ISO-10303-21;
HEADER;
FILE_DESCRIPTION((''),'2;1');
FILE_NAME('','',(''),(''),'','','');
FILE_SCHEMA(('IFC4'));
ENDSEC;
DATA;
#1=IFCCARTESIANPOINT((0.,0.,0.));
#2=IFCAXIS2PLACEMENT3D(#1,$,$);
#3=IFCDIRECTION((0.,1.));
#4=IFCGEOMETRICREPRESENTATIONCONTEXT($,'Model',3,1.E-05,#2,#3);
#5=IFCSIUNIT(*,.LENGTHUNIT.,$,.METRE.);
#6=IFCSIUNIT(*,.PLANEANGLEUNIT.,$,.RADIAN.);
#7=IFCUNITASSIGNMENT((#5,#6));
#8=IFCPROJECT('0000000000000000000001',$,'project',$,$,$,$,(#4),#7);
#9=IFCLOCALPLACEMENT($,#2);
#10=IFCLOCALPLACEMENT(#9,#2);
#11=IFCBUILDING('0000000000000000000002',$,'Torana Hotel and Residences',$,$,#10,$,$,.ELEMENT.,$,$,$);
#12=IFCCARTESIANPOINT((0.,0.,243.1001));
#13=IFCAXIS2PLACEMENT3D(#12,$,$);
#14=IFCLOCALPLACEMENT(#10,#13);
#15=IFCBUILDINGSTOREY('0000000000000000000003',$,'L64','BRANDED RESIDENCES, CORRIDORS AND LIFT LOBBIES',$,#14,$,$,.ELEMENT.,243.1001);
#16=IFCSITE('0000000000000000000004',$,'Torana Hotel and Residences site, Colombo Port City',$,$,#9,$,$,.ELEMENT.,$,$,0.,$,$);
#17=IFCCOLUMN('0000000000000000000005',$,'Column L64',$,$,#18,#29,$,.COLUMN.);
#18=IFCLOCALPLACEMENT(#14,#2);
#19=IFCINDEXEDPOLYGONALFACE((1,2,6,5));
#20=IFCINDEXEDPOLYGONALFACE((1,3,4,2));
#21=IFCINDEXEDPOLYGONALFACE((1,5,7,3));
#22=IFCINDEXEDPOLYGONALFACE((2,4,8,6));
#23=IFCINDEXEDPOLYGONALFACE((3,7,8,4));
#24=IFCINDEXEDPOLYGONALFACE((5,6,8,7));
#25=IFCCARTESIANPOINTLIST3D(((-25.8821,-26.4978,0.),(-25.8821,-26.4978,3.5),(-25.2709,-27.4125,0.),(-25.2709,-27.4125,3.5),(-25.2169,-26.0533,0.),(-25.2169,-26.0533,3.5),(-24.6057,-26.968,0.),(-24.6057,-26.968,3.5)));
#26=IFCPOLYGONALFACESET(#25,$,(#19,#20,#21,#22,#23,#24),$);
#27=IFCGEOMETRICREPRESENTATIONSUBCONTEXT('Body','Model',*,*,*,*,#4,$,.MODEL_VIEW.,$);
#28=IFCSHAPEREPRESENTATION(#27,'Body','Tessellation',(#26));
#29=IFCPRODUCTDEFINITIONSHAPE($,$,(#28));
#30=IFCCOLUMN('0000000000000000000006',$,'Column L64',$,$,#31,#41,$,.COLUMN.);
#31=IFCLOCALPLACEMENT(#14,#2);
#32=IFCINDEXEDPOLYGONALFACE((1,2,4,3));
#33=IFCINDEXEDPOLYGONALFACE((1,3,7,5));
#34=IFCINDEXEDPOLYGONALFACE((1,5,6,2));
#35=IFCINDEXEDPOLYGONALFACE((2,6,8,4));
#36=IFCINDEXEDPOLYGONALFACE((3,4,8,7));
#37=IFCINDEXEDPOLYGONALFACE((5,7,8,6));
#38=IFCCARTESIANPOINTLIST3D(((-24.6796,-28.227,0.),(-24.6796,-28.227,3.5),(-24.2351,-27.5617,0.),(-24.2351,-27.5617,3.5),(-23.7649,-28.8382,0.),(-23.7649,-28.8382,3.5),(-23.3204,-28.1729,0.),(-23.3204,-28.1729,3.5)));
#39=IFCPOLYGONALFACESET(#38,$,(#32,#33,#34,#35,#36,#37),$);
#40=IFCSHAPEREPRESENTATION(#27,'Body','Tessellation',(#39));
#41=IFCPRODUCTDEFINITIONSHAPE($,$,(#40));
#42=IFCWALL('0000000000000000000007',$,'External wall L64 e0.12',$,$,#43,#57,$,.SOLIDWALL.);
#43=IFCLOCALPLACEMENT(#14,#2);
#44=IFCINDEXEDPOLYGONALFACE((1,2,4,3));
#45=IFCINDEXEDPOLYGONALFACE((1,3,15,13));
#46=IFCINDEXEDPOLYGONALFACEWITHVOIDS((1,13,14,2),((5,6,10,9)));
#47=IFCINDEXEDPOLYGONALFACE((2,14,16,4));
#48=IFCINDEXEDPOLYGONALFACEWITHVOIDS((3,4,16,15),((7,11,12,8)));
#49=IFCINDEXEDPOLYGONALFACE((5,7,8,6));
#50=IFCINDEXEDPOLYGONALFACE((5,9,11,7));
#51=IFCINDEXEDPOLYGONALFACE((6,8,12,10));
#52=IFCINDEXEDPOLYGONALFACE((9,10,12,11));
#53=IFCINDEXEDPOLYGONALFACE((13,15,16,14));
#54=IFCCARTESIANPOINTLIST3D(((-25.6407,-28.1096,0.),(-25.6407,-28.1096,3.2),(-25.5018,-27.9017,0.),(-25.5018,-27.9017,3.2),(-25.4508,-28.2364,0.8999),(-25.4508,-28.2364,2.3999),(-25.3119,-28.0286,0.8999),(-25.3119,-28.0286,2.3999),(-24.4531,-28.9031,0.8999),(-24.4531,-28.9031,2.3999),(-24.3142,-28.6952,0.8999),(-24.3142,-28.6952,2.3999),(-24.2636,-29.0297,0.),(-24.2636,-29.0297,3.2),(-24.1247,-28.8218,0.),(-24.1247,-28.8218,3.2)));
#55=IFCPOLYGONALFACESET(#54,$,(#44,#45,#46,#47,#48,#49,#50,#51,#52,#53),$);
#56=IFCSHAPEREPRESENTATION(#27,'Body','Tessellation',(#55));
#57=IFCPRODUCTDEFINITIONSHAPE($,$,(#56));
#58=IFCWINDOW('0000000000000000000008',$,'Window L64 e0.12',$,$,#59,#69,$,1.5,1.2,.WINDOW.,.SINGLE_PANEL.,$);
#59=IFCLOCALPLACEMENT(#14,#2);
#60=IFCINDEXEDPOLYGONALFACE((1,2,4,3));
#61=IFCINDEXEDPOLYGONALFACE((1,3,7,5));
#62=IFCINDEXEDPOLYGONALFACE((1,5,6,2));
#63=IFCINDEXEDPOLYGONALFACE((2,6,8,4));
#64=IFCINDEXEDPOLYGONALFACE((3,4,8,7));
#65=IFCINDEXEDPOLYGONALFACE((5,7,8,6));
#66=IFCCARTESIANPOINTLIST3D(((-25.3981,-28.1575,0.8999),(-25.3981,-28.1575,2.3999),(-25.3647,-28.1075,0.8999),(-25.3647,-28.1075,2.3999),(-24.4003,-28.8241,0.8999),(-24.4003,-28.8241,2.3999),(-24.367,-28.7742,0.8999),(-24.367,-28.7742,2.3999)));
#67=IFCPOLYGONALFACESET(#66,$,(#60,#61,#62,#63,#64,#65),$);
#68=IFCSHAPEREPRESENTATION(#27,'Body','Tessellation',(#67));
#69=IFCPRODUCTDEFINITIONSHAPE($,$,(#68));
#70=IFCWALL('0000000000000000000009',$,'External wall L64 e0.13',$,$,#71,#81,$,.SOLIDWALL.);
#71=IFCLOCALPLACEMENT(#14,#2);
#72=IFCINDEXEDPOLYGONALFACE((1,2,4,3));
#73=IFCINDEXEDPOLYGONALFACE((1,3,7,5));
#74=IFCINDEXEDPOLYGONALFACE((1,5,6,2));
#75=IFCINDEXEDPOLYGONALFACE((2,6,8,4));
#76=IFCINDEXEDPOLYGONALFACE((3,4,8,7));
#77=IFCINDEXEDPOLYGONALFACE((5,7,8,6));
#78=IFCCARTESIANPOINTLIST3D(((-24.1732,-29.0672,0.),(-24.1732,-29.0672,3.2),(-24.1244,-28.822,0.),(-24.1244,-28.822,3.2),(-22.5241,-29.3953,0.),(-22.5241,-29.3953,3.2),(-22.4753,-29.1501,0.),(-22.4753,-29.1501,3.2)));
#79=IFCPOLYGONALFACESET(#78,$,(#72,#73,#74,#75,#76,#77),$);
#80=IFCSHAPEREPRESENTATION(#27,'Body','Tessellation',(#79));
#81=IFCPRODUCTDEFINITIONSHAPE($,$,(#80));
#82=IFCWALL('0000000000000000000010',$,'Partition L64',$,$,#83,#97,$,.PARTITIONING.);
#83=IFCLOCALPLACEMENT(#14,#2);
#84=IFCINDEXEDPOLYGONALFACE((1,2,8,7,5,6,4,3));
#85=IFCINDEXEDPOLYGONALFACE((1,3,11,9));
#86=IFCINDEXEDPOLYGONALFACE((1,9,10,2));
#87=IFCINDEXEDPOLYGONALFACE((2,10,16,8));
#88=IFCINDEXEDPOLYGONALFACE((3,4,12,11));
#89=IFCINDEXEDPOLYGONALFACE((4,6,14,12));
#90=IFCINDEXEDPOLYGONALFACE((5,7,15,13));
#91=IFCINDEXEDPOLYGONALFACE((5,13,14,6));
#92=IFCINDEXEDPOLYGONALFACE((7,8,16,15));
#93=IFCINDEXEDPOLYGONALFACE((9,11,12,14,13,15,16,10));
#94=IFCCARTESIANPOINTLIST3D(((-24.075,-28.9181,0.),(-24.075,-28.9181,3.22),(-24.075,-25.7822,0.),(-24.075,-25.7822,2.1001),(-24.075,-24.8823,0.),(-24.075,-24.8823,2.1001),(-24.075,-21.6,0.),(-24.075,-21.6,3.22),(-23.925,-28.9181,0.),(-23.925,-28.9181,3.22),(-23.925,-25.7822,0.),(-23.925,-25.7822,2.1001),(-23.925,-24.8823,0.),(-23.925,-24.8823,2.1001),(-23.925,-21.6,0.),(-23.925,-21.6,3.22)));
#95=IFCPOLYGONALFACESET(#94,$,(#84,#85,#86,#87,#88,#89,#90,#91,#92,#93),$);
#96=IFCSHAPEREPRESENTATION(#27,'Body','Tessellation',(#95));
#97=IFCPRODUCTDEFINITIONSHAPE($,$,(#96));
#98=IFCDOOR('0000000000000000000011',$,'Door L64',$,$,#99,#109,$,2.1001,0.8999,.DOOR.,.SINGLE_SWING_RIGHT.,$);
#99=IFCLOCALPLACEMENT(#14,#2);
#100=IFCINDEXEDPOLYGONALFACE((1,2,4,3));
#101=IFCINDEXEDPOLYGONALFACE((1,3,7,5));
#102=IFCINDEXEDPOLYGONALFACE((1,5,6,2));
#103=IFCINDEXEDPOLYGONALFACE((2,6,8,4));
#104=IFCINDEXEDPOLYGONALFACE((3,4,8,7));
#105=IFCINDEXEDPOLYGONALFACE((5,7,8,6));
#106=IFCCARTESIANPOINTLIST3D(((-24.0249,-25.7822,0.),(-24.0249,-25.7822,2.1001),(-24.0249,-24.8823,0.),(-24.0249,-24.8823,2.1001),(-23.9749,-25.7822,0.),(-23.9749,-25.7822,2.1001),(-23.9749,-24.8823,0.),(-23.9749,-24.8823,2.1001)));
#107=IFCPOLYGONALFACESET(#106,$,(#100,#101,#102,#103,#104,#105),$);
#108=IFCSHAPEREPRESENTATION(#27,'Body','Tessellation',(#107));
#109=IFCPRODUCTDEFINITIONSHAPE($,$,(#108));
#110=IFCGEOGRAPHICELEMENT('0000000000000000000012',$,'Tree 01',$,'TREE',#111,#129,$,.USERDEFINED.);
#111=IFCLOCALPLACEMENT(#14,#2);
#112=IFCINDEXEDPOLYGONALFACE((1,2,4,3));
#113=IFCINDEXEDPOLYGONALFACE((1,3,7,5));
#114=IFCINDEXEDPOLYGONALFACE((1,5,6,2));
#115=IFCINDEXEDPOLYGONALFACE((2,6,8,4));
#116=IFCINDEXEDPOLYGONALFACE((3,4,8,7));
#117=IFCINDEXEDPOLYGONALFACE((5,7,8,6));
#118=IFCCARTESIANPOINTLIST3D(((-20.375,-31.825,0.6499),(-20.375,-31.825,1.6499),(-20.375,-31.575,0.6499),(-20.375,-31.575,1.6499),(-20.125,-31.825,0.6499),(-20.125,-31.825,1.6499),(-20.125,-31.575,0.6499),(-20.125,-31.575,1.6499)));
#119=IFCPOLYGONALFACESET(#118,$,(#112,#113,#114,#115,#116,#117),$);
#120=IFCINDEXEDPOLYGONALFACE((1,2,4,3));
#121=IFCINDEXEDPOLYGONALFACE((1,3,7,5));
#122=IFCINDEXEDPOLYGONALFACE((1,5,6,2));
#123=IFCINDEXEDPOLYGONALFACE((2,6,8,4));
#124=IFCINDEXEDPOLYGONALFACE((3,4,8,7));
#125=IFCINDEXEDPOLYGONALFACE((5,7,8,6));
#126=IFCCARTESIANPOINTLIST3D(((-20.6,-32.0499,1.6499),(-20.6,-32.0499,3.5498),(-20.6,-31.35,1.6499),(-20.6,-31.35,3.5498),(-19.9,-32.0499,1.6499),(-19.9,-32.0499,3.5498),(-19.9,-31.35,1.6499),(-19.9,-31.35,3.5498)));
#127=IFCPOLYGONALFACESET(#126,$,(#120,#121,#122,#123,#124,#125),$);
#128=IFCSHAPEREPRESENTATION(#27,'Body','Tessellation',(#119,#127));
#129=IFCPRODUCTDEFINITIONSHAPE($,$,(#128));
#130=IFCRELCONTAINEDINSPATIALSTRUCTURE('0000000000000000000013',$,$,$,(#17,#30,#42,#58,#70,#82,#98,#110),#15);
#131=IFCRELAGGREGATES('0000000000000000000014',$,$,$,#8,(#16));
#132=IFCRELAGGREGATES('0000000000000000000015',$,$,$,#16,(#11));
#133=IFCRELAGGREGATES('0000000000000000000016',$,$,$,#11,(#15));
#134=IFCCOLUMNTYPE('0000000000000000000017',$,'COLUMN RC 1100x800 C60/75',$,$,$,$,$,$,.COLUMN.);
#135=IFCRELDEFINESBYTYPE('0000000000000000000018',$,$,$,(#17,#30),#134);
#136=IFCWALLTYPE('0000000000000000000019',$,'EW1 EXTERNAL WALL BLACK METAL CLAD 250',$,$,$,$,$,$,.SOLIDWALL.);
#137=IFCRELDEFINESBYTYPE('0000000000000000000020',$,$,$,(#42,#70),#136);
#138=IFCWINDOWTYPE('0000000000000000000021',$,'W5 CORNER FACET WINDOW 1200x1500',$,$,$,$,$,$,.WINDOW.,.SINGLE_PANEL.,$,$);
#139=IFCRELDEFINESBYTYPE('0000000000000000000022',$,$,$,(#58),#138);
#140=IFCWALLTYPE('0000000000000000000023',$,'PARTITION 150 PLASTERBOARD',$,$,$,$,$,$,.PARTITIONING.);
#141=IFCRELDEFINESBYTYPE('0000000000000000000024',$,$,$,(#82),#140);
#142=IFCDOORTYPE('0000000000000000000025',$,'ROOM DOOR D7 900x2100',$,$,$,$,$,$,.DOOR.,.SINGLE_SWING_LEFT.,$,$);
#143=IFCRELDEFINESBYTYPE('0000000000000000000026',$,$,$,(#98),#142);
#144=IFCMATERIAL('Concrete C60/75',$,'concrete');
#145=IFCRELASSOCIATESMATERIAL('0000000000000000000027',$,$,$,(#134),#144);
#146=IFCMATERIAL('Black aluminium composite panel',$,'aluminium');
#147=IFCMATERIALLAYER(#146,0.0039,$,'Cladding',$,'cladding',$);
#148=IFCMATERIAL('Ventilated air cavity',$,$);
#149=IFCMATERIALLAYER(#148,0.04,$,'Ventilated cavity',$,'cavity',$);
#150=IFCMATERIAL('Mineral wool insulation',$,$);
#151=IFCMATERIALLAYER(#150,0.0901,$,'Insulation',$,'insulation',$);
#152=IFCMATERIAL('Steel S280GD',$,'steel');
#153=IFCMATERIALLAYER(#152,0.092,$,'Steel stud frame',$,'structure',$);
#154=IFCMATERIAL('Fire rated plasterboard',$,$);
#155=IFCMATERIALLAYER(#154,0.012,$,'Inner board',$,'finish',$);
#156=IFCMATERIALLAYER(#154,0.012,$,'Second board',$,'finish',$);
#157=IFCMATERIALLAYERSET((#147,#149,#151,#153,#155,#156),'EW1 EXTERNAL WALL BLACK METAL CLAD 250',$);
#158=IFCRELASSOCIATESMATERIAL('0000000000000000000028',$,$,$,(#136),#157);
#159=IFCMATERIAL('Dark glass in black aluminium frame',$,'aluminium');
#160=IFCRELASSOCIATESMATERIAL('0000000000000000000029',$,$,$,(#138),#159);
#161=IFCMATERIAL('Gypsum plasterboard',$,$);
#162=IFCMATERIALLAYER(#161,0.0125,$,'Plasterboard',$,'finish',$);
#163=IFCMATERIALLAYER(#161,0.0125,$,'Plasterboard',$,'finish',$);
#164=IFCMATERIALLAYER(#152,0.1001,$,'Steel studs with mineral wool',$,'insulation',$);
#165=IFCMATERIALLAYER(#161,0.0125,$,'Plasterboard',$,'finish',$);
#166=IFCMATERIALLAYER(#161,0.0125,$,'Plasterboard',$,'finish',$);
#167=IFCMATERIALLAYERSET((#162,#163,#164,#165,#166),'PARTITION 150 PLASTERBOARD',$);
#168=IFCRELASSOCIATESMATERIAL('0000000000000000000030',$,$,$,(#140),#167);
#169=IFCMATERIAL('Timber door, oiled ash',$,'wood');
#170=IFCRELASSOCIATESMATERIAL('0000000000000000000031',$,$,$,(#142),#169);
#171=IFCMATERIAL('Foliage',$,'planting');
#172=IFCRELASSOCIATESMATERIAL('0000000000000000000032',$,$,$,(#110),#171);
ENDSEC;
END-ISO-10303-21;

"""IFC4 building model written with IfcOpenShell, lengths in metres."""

from ifc_helpers import new_model, si_unit, direction, frame, frame_2d, origin, origin_2d, place, context, subcontext, project, spatial, rectangle, extrude, material, layer, layer_set, material_profile, profile_set, type_object, element, fill, save


model = new_model("IFC4")

# Units and contexts
model_context = context("Model", 3, precision=1e-05, world=origin(), true_north=direction((0.0, 1.0)))
body_context = subcontext(model_context, "Body", "Model", "MODEL_VIEW")
ifc_project = project(units=[si_unit("LENGTHUNIT", "METRE"), si_unit("PLANEANGLEUNIT", "RADIAN")], contexts=[model_context])

# Site, building, storey
site_placement = place(None, origin())
site = spatial("IfcSite", under=ifc_project, at=site_placement, Name="Torana Hotel and Residences site, Colombo Port City", CompositionType="ELEMENT", RefElevation=0.0)
building_placement = place(site_placement, origin())
building = spatial("IfcBuilding", under=site, at=building_placement, Name="Torana Hotel and Residences", CompositionType="ELEMENT")
storey_placement = place(building_placement, frame((0.0, 0.0, 243.1001)))
storey = spatial("IfcBuildingStorey", under=building, at=storey_placement, Name="L64", Description="BRANDED RESIDENCES, CORRIDORS AND LIFT LOBBIES", CompositionType="ELEMENT", Elevation=243.1001)

# Columns
ifc_material_1 = material(Name="Concrete C60/75", Category="concrete")
ifc_material_profile = material_profile(ifc_material_1, rectangle(XDim=1.1001, YDim=0.8, at=origin_2d()), Name="RC 1100x800")
ifc_profile_set = profile_set([ifc_material_profile], Name="Concrete C60/75")
column_type = type_object("IfcColumnType", Name="COLUMN RC 1100x800 C60/75", PredefinedType="COLUMN", material=ifc_profile_set)
for number, where, z_axis, x_axis, name in (
    (1, (-25.2439, -26.7329, 0.0), (0.0, 0.0, 1.0), (-0.555585, 0.83146, 0.0), "Column L64"),
    (2, (-24.0, -28.2, 0.0), (0.0, 0.0, 1.0), (-0.83146, 0.555585, 0.0), "Column L64"),
):
    element("IfcColumn", number, at=place(storey_placement, frame(where, z_axis=z_axis, x_axis=x_axis)), inside=storey, type_object=column_type, Name=name, PredefinedType="COLUMN", context=body_context, shape_type="SweptSolid", body=[
        extrude(rectangle(XDim=1.1001, YDim=0.8, at=origin_2d()), origin(), (0.0, 0.0, 1.0), 3.5),
    ])

# Wall, opening, window
ifc_material_2 = material(Name="Black aluminium composite panel", Category="aluminium")
ifc_layer_1 = layer(ifc_material_2, 0.0039, Name="Cladding", Category="cladding")
ifc_material_3 = material(Name="Ventilated air cavity")
ifc_layer_2 = layer(ifc_material_3, 0.04, Name="Ventilated cavity", Category="cavity")
ifc_material_4 = material(Name="Mineral wool insulation")
ifc_layer_3 = layer(ifc_material_4, 0.0901, Name="Insulation", Category="insulation")
ifc_material_5 = material(Name="Steel S280GD", Category="steel")
ifc_layer_4 = layer(ifc_material_5, 0.092, Name="Steel stud frame", Category="structure")
ifc_material_6 = material(Name="Fire rated plasterboard")
ifc_layer_5 = layer(ifc_material_6, 0.012, Name="Inner board", Category="finish")
ifc_layer_6 = layer(ifc_material_6, 0.012, Name="Second board", Category="finish")
ifc_layer_set_1 = layer_set([ifc_layer_1, ifc_layer_2, ifc_layer_3, ifc_layer_4, ifc_layer_5, ifc_layer_6], Name="EW1 EXTERNAL WALL BLACK METAL CLAD 250")
wall_type_1 = type_object("IfcWallType", Name="EW1 EXTERNAL WALL BLACK METAL CLAD 250", PredefinedType="SOLIDWALL", material=ifc_layer_set_1)
wall_1_placement = place(storey_placement, frame((-25.5713, -28.0056, 0.0), z_axis=(0.0, 0.0, 1.0), x_axis=(0.831483, -0.55555, 0.0)))
wall_1 = element("IfcWall", 3, at=wall_1_placement, inside=storey, type_object=wall_type_1, Name="External wall L64 e0.12", PredefinedType="SOLIDWALL", context=body_context, shape_type="SweptSolid", body=[
    extrude(rectangle(XDim=1.6562, YDim=0.25, at=frame_2d((0.8281, 0.0))), origin(), (0.0, 0.0, 1.0), 3.2),
])
opening_1_placement = place(wall_1_placement, frame((0.2283, 0.0, 0.8999)))
opening_1 = element("IfcOpeningElement", 4, at=opening_1_placement, cuts=wall_1, PredefinedType="OPENING", context=body_context, shape_type="SweptSolid", body=[
    extrude(rectangle(XDim=1.2, YDim=1.5, at=frame_2d((0.6001, 0.75))), frame((0.0, 0.135, 0.0), z_axis=(0.0, -1.0, 0.0), x_axis=(1.0, 0.0, 0.0)), (0.0, 0.0, 1.0), 0.27),
])
ifc_material_7 = material(Name="Dark glass in black aluminium frame", Category="aluminium")
window_type_1 = type_object("IfcWindowType", Name="W5 CORNER FACET WINDOW 1200x1500", PartitioningType="SINGLE_PANEL", PredefinedType="WINDOW", material=ifc_material_7)
window_1_placement = place(opening_1_placement, origin())
window_1 = element("IfcWindow", 5, at=window_1_placement, inside=storey, type_object=window_type_1, Name="Window L64 e0.12", OverallHeight=1.5, OverallWidth=1.2, PartitioningType="SINGLE_PANEL", PredefinedType="WINDOW", context=body_context, shape_type="SweptSolid", body=[
    extrude(rectangle(XDim=1.2, YDim=1.5, at=frame_2d((0.6001, 0.75))), frame((0.0, 0.03, 0.0), z_axis=(0.0, -1.0, 0.0), x_axis=(1.0, 0.0, 0.0)), (0.0, 0.0, 1.0), 0.0601),
])
fill(opening_1, window_1)

# Wall
wall_2_placement = place(storey_placement, frame((-24.1489, -28.9446, 0.0), z_axis=(0.0, 0.0, 1.0), x_axis=(0.980776, -0.195139, 0.0)))
element("IfcWall", 6, at=wall_2_placement, inside=storey, type_object=wall_type_1, Name="External wall L64 e0.13", PredefinedType="SOLIDWALL", context=body_context, shape_type="SweptSolid", body=[
    extrude(rectangle(XDim=1.6814, YDim=0.25, at=frame_2d((0.8408, 0.0))), origin(), (0.0, 0.0, 1.0), 3.2),
])

# Wall, opening, door
ifc_material_8 = material(Name="Gypsum plasterboard")
ifc_layer_7 = layer(ifc_material_8, 0.0125, Name="Plasterboard", Category="finish")
ifc_layer_8 = layer(ifc_material_8, 0.0125, Name="Plasterboard", Category="finish")
ifc_layer_9 = layer(ifc_material_5, 0.1001, Name="Steel studs with mineral wool", Category="insulation")
ifc_layer_10 = layer(ifc_material_8, 0.0125, Name="Plasterboard", Category="finish")
ifc_layer_11 = layer(ifc_material_8, 0.0125, Name="Plasterboard", Category="finish")
ifc_layer_set_2 = layer_set([ifc_layer_7, ifc_layer_8, ifc_layer_9, ifc_layer_10, ifc_layer_11], Name="PARTITION 150 PLASTERBOARD")
wall_type_2 = type_object("IfcWallType", Name="PARTITION 150 PLASTERBOARD", PredefinedType="PARTITIONING", material=ifc_layer_set_2)
wall_3_placement = place(storey_placement, frame((-24.0, -28.9182, 0.0), z_axis=(0.0, 0.0, 1.0), x_axis=(0.0, 1.0, 0.0)))
wall_3 = element("IfcWall", 7, at=wall_3_placement, inside=storey, type_object=wall_type_2, Name="Partition L64", PredefinedType="PARTITIONING", context=body_context, shape_type="SweptSolid", body=[
    extrude(rectangle(XDim=7.3181, YDim=0.1499, at=frame_2d((3.6592, 0.0))), origin(), (0.0, 0.0, 1.0), 3.22),
])
opening_2_placement = place(wall_3_placement, frame((3.136, 0.0, 0.0)))
opening_2 = element("IfcOpeningElement", 8, at=opening_2_placement, cuts=wall_3, PredefinedType="OPENING", context=body_context, shape_type="SweptSolid", body=[
    extrude(rectangle(XDim=0.8999, YDim=2.1001, at=frame_2d((0.45, 1.05))), frame((0.0, 0.085, 0.0), z_axis=(0.0, -1.0, 0.0), x_axis=(1.0, 0.0, 0.0)), (0.0, 0.0, 1.0), 0.1699),
])
ifc_material_9 = material(Name="Timber door, oiled ash", Category="wood")
door_type_1 = type_object("IfcDoorType", Name="ROOM DOOR D7 900x2100", OperationType="SINGLE_SWING_LEFT", PredefinedType="DOOR", material=ifc_material_9)
door_1_placement = place(opening_2_placement, origin())
door_1 = element("IfcDoor", 9, at=door_1_placement, inside=storey, type_object=door_type_1, Name="Door L64", OperationType="SINGLE_SWING_RIGHT", OverallHeight=2.1001, OverallWidth=0.8999, PredefinedType="DOOR", context=body_context, shape_type="SweptSolid", body=[
    extrude(rectangle(XDim=0.8999, YDim=2.1001, at=frame_2d((0.45, 1.05))), frame((0.0, 0.0249, 0.0), z_axis=(0.0, -1.0, 0.0), x_axis=(1.0, 0.0, 0.0)), (0.0, 0.0, 1.0), 0.05),
])
fill(opening_2, door_1)

# Geographic element
ifc_material_10 = material(Name="Foliage", Category="planting")
geographic_element_placement = place(storey_placement, frame((-20.25, -31.7, 0.6499), z_axis=(0.0, 0.0, 1.0), x_axis=(1.0, 0.0, 0.0)))
element("IfcGeographicElement", 10, at=geographic_element_placement, inside=storey, material=ifc_material_10, Name="Tree 01", ObjectType="TREE", PredefinedType="USERDEFINED", context=body_context, shape_type="SweptSolid", body=[
    extrude(rectangle(XDim=0.25, YDim=0.25, at=origin_2d()), origin(), (0.0, 0.0, 1.0), 1.0),
    extrude(rectangle(XDim=0.7, YDim=0.7, at=origin_2d()), frame((0.0, 0.0, 1.0)), (0.0, 0.0, 1.0), 1.8999),
])

save(model, "model.ifc")
